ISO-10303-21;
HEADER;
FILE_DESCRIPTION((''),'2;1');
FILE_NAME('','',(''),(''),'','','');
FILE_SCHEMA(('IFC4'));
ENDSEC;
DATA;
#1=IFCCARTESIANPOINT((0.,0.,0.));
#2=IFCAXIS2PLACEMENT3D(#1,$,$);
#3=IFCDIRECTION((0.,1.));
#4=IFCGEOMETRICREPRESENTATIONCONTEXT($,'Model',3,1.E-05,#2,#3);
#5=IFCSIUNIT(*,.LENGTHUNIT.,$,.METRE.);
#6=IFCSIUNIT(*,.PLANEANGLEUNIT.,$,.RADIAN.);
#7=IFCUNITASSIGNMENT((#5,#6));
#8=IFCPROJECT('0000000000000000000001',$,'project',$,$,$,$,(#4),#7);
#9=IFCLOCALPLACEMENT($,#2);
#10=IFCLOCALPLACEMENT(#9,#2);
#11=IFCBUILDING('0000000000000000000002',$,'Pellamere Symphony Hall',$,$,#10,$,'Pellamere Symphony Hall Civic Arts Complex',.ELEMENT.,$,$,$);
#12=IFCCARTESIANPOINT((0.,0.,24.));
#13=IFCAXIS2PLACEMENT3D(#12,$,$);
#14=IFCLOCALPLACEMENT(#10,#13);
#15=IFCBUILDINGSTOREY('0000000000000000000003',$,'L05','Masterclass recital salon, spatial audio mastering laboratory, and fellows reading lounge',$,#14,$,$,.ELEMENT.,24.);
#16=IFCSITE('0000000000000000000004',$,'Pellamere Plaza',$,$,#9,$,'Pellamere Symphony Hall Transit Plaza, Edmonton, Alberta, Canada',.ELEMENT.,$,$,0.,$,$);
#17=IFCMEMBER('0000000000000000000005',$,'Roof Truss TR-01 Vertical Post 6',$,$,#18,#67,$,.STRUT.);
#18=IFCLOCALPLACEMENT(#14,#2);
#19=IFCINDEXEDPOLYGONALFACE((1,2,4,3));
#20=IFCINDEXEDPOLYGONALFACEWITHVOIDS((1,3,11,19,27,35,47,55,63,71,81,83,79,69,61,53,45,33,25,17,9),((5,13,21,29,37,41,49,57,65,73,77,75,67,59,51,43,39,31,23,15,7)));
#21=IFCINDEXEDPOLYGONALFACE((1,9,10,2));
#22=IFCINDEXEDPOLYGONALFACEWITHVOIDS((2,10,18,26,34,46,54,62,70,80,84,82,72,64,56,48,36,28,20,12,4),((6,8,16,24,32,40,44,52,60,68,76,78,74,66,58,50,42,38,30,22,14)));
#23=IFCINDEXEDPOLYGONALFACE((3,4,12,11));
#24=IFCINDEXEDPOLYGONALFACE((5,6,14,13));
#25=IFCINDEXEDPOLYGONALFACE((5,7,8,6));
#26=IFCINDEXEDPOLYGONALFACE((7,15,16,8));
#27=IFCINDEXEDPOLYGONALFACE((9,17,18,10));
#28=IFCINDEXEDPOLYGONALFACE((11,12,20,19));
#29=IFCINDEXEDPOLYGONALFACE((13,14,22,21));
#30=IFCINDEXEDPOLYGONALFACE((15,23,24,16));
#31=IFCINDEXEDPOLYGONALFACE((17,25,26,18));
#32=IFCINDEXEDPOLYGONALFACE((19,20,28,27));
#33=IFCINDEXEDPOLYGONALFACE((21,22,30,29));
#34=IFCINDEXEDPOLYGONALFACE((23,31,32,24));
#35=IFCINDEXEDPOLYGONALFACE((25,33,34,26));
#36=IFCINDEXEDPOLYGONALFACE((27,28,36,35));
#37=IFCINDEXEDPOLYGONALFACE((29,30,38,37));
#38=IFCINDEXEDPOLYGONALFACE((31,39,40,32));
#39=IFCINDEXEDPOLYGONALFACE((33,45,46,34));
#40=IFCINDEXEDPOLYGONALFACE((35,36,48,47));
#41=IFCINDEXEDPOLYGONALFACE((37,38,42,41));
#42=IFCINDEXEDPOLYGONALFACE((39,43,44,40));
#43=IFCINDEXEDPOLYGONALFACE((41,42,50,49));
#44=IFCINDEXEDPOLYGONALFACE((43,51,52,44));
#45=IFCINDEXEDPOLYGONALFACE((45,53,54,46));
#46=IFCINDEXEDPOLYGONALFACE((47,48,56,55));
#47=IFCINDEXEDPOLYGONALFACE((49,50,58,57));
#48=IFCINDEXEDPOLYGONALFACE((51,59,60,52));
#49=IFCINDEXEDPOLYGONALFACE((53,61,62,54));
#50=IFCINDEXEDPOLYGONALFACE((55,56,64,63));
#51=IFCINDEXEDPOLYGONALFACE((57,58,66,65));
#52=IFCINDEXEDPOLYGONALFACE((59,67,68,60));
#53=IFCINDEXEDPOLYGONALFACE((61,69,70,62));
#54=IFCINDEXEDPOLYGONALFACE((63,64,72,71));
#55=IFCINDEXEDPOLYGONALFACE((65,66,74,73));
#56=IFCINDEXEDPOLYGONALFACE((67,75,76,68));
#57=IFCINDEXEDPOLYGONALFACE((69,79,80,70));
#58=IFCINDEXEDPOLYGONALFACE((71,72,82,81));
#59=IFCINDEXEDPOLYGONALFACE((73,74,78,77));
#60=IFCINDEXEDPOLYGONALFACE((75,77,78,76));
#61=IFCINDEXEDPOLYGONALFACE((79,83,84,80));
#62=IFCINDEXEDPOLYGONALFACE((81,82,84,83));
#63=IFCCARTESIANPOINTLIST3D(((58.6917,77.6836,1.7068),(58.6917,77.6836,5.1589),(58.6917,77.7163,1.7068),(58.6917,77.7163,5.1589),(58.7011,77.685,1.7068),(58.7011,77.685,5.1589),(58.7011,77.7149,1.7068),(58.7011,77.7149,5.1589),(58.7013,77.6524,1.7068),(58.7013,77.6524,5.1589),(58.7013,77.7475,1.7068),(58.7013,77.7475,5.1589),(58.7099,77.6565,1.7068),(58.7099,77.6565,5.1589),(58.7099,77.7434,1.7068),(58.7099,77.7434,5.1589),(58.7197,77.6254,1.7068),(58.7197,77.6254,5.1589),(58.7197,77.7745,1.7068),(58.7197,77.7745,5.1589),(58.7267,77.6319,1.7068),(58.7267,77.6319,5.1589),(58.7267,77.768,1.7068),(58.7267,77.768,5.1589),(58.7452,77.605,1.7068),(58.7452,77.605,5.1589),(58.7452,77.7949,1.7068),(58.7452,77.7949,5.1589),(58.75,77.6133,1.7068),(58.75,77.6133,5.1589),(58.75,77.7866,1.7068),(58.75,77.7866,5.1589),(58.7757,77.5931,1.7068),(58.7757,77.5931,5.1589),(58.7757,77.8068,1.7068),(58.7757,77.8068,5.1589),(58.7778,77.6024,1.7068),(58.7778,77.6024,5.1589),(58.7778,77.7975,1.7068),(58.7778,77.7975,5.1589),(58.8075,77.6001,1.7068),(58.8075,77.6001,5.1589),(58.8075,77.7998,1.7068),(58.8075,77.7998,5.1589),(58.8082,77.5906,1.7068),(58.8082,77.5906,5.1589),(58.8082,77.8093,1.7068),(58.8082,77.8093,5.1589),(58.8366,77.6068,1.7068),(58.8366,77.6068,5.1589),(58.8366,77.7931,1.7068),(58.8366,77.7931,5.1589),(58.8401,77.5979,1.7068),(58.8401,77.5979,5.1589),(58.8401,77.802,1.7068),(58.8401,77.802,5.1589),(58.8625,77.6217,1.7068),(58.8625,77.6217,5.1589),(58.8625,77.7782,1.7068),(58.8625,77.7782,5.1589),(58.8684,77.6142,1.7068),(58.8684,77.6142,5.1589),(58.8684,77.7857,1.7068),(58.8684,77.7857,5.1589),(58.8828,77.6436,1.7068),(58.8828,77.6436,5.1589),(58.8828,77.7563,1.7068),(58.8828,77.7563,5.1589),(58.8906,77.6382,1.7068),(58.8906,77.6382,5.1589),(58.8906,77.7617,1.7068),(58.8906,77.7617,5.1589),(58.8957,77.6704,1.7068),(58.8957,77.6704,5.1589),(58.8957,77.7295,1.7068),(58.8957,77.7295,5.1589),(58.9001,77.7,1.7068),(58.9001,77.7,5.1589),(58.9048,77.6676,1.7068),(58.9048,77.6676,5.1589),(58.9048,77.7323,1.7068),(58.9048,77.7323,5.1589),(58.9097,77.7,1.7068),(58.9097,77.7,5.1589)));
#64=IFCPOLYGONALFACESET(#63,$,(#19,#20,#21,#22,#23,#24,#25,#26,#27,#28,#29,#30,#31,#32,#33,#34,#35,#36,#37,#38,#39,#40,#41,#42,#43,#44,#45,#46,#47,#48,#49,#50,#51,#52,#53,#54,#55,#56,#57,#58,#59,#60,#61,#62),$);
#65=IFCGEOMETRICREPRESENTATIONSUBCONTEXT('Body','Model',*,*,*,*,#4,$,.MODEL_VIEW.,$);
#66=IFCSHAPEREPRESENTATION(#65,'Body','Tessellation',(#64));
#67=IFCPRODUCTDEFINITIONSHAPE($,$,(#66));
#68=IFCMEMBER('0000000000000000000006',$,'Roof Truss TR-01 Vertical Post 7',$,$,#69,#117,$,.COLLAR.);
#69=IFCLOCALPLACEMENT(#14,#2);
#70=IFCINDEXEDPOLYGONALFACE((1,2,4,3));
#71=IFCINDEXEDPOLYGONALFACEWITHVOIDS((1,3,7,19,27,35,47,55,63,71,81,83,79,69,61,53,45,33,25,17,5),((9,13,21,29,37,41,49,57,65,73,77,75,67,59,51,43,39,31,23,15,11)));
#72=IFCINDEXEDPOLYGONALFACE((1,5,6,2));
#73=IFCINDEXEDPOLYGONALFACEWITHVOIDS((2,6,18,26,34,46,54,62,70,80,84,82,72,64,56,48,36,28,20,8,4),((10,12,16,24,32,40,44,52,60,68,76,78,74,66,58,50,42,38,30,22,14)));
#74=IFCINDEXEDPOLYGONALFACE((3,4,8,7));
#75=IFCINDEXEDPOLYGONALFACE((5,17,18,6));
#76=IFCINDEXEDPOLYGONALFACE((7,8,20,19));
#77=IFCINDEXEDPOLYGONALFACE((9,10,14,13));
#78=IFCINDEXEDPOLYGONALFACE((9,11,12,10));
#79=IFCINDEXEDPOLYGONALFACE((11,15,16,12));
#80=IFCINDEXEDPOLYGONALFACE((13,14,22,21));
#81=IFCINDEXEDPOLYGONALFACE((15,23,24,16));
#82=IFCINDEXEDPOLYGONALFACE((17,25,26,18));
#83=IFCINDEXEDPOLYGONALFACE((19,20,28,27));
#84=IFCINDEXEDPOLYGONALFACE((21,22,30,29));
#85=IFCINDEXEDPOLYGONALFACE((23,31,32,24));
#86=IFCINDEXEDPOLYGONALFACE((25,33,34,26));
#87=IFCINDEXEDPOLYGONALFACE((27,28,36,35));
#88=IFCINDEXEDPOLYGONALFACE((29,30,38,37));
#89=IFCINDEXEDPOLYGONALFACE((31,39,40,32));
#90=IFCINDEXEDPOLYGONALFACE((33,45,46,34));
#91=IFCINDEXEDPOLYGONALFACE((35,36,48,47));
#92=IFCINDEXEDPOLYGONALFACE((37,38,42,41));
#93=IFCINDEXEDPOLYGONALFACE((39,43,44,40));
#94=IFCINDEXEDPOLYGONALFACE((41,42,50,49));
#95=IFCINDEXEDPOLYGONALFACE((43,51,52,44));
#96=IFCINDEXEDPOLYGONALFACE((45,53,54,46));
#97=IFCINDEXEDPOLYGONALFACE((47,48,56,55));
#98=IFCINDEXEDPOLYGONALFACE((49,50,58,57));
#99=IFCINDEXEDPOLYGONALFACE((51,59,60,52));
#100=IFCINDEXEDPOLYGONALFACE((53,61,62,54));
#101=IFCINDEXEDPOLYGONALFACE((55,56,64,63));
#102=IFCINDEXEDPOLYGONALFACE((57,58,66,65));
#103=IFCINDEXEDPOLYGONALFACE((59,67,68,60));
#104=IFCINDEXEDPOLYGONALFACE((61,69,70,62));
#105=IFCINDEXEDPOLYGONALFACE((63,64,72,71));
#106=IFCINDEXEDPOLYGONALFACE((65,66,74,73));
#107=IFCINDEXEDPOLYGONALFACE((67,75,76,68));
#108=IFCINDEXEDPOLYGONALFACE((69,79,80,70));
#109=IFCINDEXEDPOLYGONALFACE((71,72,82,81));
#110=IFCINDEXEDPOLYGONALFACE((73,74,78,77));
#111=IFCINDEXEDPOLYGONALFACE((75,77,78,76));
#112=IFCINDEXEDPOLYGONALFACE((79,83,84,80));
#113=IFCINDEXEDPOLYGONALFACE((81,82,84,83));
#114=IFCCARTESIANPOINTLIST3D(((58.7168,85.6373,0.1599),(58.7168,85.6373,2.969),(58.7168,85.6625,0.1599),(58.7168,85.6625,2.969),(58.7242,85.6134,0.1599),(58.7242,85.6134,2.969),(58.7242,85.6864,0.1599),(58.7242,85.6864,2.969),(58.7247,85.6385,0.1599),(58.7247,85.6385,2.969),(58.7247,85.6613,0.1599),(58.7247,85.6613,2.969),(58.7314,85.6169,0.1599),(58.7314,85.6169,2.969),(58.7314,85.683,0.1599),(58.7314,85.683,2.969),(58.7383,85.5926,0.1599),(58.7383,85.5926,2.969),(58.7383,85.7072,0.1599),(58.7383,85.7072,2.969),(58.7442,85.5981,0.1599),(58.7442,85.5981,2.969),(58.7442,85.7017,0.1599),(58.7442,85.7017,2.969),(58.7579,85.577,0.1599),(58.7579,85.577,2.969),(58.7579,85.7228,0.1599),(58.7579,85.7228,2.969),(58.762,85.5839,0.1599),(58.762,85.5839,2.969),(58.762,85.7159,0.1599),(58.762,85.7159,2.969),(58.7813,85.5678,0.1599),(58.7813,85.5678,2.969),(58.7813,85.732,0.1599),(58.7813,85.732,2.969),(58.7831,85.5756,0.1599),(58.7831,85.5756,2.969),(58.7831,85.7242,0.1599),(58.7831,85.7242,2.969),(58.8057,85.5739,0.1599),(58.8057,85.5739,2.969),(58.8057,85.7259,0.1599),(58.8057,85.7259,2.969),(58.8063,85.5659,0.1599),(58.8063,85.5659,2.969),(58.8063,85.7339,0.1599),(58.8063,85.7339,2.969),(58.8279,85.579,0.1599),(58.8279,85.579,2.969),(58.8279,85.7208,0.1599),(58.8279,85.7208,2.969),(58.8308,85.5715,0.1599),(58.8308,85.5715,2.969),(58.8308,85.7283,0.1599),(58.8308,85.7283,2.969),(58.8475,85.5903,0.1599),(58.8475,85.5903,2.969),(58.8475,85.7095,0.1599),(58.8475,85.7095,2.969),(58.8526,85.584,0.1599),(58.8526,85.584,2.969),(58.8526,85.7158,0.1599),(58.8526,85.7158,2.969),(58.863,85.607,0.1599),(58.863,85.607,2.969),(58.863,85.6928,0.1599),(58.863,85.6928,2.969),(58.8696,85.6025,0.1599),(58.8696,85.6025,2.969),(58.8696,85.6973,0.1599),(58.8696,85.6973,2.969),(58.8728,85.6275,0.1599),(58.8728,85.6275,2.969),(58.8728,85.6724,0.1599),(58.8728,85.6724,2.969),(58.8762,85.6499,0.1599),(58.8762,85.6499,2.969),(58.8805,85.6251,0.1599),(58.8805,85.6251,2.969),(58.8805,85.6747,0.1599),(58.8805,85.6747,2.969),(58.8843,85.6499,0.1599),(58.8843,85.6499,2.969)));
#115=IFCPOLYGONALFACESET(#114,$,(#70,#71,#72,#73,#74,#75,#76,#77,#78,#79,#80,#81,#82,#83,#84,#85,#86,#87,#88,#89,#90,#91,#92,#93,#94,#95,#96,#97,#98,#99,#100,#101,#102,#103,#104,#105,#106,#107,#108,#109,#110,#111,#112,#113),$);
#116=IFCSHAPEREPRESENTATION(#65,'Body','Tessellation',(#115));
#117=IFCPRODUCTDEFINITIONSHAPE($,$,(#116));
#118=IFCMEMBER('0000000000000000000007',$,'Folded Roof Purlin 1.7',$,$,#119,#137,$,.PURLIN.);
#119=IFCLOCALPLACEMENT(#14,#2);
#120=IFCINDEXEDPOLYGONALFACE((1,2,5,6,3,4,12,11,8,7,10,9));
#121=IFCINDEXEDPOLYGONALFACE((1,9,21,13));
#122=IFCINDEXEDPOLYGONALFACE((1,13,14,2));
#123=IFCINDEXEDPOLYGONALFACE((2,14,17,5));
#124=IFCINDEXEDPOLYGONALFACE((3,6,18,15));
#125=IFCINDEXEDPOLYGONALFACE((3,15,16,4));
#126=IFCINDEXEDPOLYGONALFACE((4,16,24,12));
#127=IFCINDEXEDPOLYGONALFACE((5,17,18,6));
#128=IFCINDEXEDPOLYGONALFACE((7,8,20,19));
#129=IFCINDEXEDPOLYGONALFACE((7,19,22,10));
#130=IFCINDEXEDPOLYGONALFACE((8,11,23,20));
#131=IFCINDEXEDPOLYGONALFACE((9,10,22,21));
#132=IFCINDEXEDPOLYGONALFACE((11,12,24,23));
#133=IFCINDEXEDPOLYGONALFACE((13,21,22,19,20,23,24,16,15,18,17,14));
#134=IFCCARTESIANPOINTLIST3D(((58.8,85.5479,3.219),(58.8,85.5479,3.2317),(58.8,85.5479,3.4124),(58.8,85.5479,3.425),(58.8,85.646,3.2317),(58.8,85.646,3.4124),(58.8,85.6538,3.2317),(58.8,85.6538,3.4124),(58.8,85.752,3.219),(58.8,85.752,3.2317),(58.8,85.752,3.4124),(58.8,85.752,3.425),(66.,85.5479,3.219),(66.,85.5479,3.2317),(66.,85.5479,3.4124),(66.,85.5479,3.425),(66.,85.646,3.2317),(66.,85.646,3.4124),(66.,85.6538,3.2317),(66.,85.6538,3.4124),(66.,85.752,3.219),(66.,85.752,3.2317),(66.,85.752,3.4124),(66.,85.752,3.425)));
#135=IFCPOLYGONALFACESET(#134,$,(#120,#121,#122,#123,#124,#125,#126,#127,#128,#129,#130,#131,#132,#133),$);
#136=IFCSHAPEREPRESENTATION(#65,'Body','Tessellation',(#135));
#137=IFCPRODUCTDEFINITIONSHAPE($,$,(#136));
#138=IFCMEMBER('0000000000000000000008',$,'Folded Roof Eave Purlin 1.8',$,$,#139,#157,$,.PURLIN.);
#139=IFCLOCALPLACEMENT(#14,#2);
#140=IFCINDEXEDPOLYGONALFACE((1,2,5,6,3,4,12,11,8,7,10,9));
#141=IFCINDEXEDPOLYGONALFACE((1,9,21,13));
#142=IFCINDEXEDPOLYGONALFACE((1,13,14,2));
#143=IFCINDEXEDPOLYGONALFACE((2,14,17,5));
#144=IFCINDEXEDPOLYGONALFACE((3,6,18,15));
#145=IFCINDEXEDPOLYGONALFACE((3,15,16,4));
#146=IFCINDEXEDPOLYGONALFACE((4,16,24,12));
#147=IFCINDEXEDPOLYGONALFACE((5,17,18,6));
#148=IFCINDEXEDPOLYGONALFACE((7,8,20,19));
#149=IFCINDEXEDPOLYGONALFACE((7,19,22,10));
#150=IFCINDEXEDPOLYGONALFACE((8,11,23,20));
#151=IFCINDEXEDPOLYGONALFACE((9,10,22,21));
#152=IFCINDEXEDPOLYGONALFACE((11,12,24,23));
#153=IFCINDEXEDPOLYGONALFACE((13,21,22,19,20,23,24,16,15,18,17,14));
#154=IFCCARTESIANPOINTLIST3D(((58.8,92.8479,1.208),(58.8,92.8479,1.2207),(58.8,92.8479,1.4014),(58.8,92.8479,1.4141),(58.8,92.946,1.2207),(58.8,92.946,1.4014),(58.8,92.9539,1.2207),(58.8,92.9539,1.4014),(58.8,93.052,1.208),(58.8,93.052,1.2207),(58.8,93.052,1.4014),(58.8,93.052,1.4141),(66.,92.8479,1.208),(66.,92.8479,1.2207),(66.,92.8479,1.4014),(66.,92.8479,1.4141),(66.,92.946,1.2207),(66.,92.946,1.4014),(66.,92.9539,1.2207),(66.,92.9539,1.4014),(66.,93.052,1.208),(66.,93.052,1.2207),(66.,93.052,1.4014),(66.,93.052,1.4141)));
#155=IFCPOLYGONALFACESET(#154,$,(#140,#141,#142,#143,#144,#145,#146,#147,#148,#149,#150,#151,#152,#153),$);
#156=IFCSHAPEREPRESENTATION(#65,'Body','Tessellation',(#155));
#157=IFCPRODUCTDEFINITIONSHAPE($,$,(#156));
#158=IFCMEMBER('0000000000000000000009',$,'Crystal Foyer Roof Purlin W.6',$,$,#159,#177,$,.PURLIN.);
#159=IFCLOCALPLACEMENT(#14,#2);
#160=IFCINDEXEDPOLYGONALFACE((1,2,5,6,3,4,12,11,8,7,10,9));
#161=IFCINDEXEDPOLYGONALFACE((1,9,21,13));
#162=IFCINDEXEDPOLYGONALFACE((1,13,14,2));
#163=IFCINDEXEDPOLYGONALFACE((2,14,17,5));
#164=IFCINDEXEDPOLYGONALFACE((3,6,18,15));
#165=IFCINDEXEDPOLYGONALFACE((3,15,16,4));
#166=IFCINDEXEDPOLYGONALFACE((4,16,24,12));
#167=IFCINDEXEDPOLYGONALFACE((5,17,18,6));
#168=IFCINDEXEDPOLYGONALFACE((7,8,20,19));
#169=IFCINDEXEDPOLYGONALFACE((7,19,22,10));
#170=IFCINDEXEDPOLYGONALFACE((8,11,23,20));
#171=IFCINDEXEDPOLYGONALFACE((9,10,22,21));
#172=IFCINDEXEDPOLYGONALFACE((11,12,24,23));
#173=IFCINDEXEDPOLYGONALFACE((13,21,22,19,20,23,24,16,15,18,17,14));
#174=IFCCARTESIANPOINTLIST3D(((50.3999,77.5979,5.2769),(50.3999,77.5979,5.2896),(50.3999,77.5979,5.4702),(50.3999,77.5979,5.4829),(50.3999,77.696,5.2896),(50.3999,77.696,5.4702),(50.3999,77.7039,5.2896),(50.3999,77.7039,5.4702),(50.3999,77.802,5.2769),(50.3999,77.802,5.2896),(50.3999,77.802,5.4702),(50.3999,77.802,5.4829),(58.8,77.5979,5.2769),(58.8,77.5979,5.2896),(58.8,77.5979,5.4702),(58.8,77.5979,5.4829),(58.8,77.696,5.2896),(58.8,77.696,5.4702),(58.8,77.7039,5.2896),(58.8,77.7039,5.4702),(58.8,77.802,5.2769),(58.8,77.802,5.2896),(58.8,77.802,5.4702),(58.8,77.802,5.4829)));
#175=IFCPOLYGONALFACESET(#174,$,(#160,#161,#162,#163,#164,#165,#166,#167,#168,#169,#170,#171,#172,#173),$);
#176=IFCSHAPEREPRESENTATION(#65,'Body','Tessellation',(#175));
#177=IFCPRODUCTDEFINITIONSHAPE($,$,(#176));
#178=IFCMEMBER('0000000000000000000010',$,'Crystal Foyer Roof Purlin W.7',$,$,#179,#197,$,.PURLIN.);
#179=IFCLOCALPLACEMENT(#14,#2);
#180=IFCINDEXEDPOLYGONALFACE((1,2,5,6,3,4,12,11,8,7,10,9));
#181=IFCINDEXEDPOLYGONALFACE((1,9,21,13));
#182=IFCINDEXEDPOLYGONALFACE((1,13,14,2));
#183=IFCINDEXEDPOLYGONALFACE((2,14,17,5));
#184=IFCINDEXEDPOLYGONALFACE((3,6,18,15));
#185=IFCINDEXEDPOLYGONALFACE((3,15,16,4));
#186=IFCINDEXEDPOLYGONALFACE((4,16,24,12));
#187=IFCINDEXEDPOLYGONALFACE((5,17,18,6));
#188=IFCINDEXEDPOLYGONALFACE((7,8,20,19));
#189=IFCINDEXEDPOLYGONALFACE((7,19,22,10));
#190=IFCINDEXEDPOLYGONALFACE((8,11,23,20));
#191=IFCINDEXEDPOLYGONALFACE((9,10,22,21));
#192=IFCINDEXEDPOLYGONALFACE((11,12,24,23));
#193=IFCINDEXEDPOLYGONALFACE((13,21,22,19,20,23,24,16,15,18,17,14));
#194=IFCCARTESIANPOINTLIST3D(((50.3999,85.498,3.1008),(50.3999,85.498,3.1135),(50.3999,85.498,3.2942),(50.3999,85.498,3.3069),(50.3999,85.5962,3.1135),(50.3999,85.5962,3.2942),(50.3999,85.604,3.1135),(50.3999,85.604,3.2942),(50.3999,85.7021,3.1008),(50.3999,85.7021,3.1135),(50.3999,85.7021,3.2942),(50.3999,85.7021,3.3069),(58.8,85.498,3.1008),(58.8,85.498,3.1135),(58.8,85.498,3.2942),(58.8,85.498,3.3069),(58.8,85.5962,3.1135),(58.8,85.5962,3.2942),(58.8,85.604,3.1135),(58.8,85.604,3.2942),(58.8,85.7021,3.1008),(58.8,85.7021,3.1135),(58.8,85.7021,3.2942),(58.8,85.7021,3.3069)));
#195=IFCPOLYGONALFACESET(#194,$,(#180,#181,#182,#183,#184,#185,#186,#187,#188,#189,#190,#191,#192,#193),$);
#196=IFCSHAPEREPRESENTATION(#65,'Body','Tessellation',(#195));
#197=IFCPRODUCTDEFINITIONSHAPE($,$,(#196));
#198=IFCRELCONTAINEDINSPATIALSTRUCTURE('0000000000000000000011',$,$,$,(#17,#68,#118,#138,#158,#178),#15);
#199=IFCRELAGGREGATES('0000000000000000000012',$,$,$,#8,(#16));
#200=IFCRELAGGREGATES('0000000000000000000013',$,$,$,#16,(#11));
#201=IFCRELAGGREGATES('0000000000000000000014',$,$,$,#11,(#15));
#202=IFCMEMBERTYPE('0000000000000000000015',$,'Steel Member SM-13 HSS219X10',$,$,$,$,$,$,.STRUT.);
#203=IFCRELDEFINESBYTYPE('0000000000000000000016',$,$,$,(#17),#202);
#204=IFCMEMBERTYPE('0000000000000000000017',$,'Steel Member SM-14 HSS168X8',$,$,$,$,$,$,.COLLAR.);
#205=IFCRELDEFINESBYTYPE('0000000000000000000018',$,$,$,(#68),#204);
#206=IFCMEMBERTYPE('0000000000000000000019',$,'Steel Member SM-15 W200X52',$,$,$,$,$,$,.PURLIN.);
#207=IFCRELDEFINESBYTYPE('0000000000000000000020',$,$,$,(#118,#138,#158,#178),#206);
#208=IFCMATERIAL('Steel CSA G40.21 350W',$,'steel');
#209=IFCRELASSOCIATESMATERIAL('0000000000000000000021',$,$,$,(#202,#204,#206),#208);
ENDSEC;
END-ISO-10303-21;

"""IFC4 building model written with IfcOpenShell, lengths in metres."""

from ifc_helpers import new_model, si_unit, direction, frame, origin, origin_2d, place, context, subcontext, project, spatial, hollow_circle, i_section, extrude, material, material_profile, profile_set, type_object, element, save


model = new_model("IFC4")

# Units and contexts
model_context = context("Model", 3, precision=1e-05, world=origin(), true_north=direction((0.0, 1.0)))
body_context = subcontext(model_context, "Body", "Model", "MODEL_VIEW")
ifc_project = project(units=[si_unit("LENGTHUNIT", "METRE"), si_unit("PLANEANGLEUNIT", "RADIAN")], contexts=[model_context])

# Site, building, storey
site_placement = place(None, origin())
site = spatial("IfcSite", under=ifc_project, at=site_placement, Name="Pellamere Plaza", LongName="Pellamere Symphony Hall Transit Plaza, Edmonton, Alberta, Canada", CompositionType="ELEMENT", RefElevation=0.0)
building_placement = place(site_placement, origin())
building = spatial("IfcBuilding", under=site, at=building_placement, Name="Pellamere Symphony Hall", LongName="Pellamere Symphony Hall Civic Arts Complex", CompositionType="ELEMENT")
storey_placement = place(building_placement, frame((0.0, 0.0, 24.0)))
storey = spatial("IfcBuildingStorey", under=building, at=storey_placement, Name="L05", Description="Masterclass recital salon, spatial audio mastering laboratory, and fellows reading lounge", CompositionType="ELEMENT", Elevation=24.0)

# Shared definitions
ifc_material_1 = material(Name="Steel CSA G40.21 350W", Category="steel")

# Members
ifc_material_profile_1 = material_profile(ifc_material_1, hollow_circle(Radius=0.1096, WallThickness=0.0095, at=origin_2d()), Name="HSS219X10")
ifc_profile_set_1 = profile_set([ifc_material_profile_1], Name="Steel CSA G40.21 350W")
member_type_1 = type_object("IfcMemberType", Name="Steel Member SM-13 HSS219X10", PredefinedType="STRUT", material=ifc_profile_set_1)
member_1_placement = place(storey_placement, frame((58.8, 77.7, 1.7068), z_axis=(0.0, 0.0, 1.0), x_axis=(1.0, 0.0, 0.0)))
element("IfcMember", 1, at=member_1_placement, inside=storey, type_object=member_type_1, Name="Roof Truss TR-01 Vertical Post 6", PredefinedType="STRUT", context=body_context, shape_type="SweptSolid", body=[
    extrude(hollow_circle(Radius=0.1096, WallThickness=0.0095, at=origin_2d()), origin(), (0.0, 0.0, 1.0), 3.4521),
])
ifc_material_profile_2 = material_profile(ifc_material_1, hollow_circle(Radius=0.0842, WallThickness=0.0081, at=origin_2d()), Name="HSS168X8")
ifc_profile_set_2 = profile_set([ifc_material_profile_2], Name="Steel CSA G40.21 350W")
member_type_2 = type_object("IfcMemberType", Name="Steel Member SM-14 HSS168X8", PredefinedType="COLLAR", material=ifc_profile_set_2)
member_2_placement = place(storey_placement, frame((58.8, 85.6499, 0.1599), z_axis=(0.0, 0.0, 1.0), x_axis=(1.0, 0.0, 0.0)))
element("IfcMember", 2, at=member_2_placement, inside=storey, type_object=member_type_2, Name="Roof Truss TR-01 Vertical Post 7", PredefinedType="COLLAR", context=body_context, shape_type="SweptSolid", body=[
    extrude(hollow_circle(Radius=0.0842, WallThickness=0.0081, at=origin_2d()), origin(), (0.0, 0.0, 1.0), 2.8091),
])
ifc_material_profile_3 = material_profile(ifc_material_1, i_section(OverallWidth=0.2041, OverallDepth=0.2061, WebThickness=0.0078, FlangeThickness=0.0127, at=origin_2d()), Name="W200X52")
ifc_profile_set_3 = profile_set([ifc_material_profile_3], Name="Steel CSA G40.21 350W")
member_type_3 = type_object("IfcMemberType", Name="Steel Member SM-15 W200X52", PredefinedType="PURLIN", material=ifc_profile_set_3)
for number, where, z_axis, x_axis, name in (
    (3, (58.8, 85.6499, 3.322), (1.0, 0.0, 0.0), (0.0, 1.0, 0.0), "Folded Roof Purlin 1.7"),
    (4, (58.8, 92.95, 1.311), (1.0, 0.0, 0.0), (0.0, 1.0, 0.0), "Folded Roof Eave Purlin 1.8"),
):
    element("IfcMember", number, at=place(storey_placement, frame(where, z_axis=z_axis, x_axis=x_axis)), inside=storey, type_object=member_type_3, Name=name, PredefinedType="PURLIN", context=body_context, shape_type="SweptSolid", body=[
        extrude(i_section(OverallWidth=0.2041, OverallDepth=0.2061, WebThickness=0.0078, FlangeThickness=0.0127, at=origin_2d()), origin(), (0.0, 0.0, 1.0), 7.2),
    ])
for number, where, z_axis, x_axis, name in (
    (5, (50.3999, 77.7, 5.3799), (1.0, 0.0, 0.0), (0.0, 1.0, 0.0), "Crystal Foyer Roof Purlin W.6"),
    (6, (50.3999, 85.6001, 3.2039), (1.0, 0.0, 0.0), (0.0, 1.0, 0.0), "Crystal Foyer Roof Purlin W.7"),
):
    element("IfcMember", number, at=place(storey_placement, frame(where, z_axis=z_axis, x_axis=x_axis)), inside=storey, type_object=member_type_3, Name=name, PredefinedType="PURLIN", context=body_context, shape_type="SweptSolid", body=[
        extrude(i_section(OverallWidth=0.2041, OverallDepth=0.2061, WebThickness=0.0078, FlangeThickness=0.0127, at=origin_2d()), origin(), (0.0, 0.0, 1.0), 8.4001),
    ])

save(model, "model.ifc")
